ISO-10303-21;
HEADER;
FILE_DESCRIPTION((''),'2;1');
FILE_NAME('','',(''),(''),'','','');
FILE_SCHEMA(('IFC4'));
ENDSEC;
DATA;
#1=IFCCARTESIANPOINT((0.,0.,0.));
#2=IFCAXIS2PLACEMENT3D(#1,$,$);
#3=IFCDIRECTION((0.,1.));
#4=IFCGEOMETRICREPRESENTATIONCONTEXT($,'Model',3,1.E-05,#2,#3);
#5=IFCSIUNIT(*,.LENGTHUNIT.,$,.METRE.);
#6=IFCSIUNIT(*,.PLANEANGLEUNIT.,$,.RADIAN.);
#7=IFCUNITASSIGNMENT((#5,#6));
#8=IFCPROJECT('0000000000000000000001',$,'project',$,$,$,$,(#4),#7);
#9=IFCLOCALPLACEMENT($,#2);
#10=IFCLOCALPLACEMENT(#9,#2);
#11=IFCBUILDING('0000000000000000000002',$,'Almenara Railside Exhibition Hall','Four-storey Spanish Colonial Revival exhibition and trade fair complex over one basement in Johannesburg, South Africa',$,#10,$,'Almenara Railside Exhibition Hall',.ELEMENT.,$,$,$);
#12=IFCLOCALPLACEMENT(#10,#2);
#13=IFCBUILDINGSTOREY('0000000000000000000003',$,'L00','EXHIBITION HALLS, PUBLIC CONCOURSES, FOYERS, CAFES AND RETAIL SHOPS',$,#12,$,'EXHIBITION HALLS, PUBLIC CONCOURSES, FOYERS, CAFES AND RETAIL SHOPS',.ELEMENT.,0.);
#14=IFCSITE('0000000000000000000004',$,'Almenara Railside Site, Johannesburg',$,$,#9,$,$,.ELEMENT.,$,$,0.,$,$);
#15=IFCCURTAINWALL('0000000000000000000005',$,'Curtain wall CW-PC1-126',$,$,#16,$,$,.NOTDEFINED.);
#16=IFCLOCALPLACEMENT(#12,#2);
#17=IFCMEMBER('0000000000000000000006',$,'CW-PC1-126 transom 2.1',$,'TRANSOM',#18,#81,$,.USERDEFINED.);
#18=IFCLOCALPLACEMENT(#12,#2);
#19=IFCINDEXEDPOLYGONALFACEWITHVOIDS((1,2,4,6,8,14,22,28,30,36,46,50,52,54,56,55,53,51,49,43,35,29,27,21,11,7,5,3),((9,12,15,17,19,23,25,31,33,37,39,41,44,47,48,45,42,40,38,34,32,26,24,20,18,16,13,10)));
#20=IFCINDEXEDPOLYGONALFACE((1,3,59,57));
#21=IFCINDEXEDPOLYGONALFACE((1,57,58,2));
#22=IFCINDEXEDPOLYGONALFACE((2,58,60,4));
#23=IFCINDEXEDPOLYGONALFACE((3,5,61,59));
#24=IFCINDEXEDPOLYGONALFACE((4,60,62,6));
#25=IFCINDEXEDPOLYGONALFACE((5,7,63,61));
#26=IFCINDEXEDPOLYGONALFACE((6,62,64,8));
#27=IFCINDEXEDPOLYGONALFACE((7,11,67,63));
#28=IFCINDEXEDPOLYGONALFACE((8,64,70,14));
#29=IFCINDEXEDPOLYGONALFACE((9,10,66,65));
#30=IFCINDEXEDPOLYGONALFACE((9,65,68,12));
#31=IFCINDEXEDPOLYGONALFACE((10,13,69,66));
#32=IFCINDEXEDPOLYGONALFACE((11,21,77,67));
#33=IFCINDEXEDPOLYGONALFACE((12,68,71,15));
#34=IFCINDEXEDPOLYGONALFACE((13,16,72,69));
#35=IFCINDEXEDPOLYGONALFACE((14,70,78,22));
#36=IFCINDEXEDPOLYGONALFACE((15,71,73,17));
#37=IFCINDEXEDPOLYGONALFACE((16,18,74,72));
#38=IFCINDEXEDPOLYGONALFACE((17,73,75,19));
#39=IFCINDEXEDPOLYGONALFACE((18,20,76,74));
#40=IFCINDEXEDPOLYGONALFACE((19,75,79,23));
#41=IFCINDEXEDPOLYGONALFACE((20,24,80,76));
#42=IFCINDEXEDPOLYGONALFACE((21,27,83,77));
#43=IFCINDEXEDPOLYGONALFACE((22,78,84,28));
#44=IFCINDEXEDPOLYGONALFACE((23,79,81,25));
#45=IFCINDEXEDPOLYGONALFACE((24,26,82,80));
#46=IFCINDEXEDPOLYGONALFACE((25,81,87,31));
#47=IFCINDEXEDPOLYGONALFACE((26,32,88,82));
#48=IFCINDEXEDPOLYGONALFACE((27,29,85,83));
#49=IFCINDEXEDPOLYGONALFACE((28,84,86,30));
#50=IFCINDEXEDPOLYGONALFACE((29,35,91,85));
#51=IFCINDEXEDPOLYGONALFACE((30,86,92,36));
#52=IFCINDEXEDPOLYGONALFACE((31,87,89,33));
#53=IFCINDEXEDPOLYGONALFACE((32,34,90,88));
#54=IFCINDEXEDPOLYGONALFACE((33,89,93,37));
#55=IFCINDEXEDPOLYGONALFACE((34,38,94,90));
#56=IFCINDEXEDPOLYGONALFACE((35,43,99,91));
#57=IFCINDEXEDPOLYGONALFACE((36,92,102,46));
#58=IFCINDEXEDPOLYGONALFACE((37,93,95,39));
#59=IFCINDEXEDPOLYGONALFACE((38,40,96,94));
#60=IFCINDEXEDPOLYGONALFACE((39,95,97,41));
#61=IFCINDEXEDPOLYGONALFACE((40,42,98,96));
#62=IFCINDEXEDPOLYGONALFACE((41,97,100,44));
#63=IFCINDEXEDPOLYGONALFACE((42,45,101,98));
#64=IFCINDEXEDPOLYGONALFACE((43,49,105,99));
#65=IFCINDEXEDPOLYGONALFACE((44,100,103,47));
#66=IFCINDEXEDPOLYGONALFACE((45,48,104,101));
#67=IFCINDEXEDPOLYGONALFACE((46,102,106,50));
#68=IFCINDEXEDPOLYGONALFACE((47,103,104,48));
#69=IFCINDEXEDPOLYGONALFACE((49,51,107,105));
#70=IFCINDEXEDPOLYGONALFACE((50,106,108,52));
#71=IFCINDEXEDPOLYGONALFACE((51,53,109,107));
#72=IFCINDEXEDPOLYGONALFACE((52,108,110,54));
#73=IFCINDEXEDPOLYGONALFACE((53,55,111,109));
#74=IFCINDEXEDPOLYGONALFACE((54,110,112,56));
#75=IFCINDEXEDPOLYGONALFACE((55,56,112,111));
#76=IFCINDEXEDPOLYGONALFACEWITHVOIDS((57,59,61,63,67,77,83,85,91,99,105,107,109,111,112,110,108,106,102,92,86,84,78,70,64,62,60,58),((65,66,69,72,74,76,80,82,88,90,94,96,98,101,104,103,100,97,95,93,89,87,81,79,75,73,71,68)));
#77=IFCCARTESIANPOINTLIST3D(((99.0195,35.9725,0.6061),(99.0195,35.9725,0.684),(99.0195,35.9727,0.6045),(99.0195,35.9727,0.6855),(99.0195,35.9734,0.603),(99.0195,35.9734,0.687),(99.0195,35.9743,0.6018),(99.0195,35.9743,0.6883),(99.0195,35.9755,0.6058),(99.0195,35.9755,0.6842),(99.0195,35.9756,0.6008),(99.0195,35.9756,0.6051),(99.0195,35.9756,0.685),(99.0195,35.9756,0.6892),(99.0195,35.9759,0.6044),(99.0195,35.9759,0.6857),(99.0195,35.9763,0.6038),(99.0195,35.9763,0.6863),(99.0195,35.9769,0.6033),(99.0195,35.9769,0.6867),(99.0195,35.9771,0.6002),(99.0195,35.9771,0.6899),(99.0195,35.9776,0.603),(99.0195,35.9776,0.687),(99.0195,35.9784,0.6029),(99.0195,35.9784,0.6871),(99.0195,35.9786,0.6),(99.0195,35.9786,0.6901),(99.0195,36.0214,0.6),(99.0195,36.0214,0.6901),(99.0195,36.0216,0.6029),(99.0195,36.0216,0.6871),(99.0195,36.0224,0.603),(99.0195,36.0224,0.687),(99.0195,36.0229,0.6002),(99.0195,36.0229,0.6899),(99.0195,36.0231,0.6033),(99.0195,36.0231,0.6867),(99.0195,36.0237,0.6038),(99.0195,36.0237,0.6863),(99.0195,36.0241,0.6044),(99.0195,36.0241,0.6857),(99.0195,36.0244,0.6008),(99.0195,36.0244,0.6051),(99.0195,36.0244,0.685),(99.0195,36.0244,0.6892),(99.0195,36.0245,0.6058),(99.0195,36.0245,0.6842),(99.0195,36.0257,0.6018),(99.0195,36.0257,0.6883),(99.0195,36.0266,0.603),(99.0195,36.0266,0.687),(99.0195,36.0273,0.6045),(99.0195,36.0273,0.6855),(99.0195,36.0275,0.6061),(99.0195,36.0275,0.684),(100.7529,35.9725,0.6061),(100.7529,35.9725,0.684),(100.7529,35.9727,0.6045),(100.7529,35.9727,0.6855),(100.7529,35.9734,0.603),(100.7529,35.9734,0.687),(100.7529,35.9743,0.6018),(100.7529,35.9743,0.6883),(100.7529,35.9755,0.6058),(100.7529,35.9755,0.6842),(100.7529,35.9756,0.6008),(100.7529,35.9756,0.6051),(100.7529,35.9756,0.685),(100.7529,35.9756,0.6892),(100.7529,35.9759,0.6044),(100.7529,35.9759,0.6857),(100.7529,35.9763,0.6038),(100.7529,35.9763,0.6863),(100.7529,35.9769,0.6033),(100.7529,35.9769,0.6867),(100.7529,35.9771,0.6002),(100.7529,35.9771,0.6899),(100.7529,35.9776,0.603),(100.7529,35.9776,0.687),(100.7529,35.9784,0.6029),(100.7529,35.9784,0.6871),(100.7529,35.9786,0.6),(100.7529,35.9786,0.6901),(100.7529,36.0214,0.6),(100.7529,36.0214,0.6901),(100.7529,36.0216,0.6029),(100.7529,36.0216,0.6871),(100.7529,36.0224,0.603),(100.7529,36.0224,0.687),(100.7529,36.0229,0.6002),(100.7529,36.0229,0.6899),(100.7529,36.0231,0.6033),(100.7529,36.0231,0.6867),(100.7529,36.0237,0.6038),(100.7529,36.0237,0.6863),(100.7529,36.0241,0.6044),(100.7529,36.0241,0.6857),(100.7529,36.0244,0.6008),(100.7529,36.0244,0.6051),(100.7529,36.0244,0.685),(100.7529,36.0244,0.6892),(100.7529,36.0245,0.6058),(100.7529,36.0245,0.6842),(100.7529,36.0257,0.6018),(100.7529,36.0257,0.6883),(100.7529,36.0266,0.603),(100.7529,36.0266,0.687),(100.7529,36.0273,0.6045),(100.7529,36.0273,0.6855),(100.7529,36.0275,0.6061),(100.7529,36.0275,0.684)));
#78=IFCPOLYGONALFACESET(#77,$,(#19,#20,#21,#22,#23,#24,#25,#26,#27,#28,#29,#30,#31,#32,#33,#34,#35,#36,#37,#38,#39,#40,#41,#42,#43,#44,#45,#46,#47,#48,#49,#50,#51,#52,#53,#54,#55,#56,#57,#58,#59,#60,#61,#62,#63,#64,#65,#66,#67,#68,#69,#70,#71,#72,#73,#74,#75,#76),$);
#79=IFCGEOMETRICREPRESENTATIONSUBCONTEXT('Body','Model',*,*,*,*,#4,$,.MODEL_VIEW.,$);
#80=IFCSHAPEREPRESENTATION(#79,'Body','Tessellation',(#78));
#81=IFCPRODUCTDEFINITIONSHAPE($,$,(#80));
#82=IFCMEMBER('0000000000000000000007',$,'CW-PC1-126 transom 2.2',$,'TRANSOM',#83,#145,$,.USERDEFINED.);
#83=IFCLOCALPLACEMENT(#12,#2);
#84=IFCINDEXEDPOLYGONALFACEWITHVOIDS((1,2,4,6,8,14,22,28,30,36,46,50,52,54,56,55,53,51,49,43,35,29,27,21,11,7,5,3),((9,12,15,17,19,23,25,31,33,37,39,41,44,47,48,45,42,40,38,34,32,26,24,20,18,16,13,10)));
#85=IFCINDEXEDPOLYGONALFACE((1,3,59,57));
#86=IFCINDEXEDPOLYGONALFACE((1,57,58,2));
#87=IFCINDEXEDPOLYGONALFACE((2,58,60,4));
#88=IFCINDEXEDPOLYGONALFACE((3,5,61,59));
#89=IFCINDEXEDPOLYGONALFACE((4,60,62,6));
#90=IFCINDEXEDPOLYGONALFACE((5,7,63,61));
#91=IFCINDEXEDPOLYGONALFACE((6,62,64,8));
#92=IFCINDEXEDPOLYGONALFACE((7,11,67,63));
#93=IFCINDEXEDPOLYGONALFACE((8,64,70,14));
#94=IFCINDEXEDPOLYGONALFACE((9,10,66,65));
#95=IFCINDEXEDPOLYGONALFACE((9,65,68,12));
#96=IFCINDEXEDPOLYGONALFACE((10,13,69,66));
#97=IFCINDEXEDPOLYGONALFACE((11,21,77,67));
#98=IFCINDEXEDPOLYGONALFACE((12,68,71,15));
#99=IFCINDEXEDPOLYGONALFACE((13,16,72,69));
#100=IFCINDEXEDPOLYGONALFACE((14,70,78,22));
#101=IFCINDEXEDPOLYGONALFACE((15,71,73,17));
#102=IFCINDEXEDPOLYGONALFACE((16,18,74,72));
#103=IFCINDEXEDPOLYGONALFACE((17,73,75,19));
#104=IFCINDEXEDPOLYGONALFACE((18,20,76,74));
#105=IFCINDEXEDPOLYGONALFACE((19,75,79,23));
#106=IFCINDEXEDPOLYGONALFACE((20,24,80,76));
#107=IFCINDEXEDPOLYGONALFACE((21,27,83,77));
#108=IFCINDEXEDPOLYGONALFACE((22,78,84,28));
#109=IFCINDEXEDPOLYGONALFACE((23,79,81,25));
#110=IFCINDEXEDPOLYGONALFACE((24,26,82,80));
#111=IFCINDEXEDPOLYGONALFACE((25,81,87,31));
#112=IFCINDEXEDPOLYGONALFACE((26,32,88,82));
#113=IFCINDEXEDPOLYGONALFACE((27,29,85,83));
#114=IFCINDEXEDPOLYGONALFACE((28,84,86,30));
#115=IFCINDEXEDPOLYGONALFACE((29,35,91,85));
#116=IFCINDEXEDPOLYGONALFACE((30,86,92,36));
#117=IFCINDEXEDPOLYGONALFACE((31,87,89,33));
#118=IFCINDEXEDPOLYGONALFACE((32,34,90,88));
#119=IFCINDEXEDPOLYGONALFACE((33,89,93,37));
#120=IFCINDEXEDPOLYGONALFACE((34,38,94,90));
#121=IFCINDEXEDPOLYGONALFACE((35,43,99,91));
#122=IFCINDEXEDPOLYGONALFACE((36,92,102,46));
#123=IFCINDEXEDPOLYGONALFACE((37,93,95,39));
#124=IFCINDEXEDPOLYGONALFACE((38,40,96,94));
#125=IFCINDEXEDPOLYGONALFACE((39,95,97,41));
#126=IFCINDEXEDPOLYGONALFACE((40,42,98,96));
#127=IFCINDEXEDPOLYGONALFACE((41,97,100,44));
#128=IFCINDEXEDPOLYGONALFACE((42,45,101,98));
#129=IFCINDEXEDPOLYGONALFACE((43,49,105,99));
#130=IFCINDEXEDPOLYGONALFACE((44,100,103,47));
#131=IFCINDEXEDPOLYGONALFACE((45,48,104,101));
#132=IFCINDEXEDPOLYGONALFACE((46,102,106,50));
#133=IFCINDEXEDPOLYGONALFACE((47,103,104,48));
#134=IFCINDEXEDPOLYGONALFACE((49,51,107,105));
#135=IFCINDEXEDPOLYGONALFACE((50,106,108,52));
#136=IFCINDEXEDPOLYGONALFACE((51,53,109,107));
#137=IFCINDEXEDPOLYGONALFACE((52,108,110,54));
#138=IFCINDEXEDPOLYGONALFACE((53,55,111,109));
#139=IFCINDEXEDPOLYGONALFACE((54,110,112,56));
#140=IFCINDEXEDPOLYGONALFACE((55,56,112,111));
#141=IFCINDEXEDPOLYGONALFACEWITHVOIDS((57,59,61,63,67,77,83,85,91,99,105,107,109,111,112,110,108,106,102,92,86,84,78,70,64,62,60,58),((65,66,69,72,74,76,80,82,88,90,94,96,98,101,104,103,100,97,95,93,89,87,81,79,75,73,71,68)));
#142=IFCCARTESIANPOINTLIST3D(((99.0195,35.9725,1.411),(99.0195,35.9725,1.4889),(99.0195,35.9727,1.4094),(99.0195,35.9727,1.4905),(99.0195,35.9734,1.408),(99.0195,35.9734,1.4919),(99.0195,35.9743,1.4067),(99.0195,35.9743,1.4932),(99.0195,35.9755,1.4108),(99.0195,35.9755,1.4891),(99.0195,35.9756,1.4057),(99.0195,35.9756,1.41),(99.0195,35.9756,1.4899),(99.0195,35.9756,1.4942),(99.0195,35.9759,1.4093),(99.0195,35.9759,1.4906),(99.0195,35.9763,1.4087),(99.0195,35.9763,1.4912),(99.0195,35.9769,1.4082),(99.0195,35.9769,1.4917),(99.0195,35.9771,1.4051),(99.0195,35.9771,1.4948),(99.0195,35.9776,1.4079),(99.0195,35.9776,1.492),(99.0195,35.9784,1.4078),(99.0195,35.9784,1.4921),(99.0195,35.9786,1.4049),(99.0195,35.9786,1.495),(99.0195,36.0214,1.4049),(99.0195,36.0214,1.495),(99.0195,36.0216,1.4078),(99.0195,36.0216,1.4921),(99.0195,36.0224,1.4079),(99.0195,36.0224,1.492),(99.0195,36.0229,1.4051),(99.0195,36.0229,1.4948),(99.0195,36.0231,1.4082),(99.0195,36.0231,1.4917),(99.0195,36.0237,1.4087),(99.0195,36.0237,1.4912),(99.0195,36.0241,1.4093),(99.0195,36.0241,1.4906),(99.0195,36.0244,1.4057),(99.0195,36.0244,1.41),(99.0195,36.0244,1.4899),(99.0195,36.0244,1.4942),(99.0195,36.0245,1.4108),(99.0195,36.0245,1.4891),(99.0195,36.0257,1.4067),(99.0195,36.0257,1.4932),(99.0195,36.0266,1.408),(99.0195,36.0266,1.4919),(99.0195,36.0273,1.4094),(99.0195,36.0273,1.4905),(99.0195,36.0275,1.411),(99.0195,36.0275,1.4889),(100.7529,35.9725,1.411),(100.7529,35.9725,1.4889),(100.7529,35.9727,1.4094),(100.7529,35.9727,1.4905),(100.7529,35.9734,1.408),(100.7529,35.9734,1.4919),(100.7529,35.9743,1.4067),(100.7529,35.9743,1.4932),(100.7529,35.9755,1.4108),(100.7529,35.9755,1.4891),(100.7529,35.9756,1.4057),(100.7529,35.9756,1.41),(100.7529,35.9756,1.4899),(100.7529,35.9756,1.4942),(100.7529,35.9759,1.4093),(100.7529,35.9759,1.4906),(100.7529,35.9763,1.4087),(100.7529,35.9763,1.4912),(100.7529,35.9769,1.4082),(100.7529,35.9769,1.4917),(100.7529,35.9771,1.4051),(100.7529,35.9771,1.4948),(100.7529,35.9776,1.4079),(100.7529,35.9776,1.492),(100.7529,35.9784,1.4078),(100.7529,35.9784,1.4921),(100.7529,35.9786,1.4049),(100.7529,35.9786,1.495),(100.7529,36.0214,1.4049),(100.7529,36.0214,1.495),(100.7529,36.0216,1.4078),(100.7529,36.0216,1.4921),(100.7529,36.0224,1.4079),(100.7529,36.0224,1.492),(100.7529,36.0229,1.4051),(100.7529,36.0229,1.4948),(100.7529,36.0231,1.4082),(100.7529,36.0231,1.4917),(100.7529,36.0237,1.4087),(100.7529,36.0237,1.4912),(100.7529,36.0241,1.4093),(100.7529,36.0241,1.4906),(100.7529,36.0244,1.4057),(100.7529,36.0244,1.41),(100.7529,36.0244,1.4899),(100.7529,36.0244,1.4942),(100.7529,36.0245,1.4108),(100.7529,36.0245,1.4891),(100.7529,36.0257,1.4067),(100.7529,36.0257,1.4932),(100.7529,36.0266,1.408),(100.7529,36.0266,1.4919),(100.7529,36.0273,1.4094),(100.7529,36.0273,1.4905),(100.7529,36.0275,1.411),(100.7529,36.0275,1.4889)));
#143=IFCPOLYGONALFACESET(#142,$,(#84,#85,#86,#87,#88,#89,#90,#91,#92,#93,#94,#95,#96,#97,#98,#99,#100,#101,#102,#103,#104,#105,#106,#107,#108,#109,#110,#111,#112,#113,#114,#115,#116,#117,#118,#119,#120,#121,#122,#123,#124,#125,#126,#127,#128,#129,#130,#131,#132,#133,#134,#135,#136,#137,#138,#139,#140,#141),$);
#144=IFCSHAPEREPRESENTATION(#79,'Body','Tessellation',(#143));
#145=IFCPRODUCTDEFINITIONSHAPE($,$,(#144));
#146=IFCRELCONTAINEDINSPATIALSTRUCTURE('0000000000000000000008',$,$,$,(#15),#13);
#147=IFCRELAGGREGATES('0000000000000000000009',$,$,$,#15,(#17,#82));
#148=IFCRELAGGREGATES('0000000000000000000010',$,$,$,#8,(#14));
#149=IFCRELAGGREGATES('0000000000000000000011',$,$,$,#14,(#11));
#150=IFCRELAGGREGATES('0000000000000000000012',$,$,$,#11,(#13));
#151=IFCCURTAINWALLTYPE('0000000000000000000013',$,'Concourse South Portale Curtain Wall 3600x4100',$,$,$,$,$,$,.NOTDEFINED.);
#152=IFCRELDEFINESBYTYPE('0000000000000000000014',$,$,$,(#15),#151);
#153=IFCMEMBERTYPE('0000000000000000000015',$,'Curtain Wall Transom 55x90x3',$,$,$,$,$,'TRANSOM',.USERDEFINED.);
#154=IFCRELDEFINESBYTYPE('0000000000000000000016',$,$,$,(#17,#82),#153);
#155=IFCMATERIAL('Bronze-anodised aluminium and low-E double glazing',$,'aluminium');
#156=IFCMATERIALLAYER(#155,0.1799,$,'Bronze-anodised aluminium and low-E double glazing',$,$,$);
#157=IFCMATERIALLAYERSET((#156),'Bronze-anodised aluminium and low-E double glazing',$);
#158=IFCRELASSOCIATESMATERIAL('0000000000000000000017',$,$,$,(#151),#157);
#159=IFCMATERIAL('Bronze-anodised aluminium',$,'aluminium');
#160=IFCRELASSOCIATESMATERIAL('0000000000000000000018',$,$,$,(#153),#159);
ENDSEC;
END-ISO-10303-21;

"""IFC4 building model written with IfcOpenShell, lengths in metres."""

from ifc_helpers import new_model, si_unit, direction, frame, origin, origin_2d, place, context, subcontext, project, spatial, hollow_rectangle, extrude, material, layer, layer_set, material_profile, profile_set, type_object, element, aggregate, save


model = new_model("IFC4")

# Units and contexts
model_context = context("Model", 3, precision=1e-05, world=origin(), true_north=direction((0.0, 1.0)))
body_context = subcontext(model_context, "Body", "Model", "MODEL_VIEW")
ifc_project = project(units=[si_unit("LENGTHUNIT", "METRE"), si_unit("PLANEANGLEUNIT", "RADIAN")], contexts=[model_context])

# Site, building, storey
site_placement = place(None, origin())
site = spatial("IfcSite", under=ifc_project, at=site_placement, Name="Almenara Railside Site, Johannesburg", CompositionType="ELEMENT", RefElevation=0.0)
building_placement = place(site_placement, origin())
building = spatial("IfcBuilding", under=site, at=building_placement, Name="Almenara Railside Exhibition Hall", Description="Four-storey Spanish Colonial Revival exhibition and trade fair complex over one basement in Johannesburg, South Africa", LongName="Almenara Railside Exhibition Hall", CompositionType="ELEMENT")
storey_placement = place(building_placement, origin())
storey = spatial("IfcBuildingStorey", under=building, at=storey_placement, Name="L00", Description="EXHIBITION HALLS, PUBLIC CONCOURSES, FOYERS, CAFES AND RETAIL SHOPS", LongName="EXHIBITION HALLS, PUBLIC CONCOURSES, FOYERS, CAFES AND RETAIL SHOPS", CompositionType="ELEMENT", Elevation=0.0)

# Curtain wall
ifc_material_1 = material(Name="Bronze-anodised aluminium and low-E double glazing", Category="aluminium")
ifc_layer_1 = layer(ifc_material_1, 0.1799, Name="Bronze-anodised aluminium and low-E double glazing")
ifc_layer_set_1 = layer_set([ifc_layer_1], Name="Bronze-anodised aluminium and low-E double glazing")
curtain_wall_type = type_object("IfcCurtainWallType", Name="Concourse South Portale Curtain Wall 3600x4100", PredefinedType="NOTDEFINED", material=ifc_layer_set_1)
curtain_wall_1_placement = place(storey_placement, origin())
curtain_wall_1 = element("IfcCurtainWall", 1, at=curtain_wall_1_placement, inside=storey, type_object=curtain_wall_type, Name="Curtain wall CW-PC1-126", PredefinedType="NOTDEFINED")
ifc_material_2 = material(Name="Bronze-anodised aluminium", Category="aluminium")

# Members
ifc_material_profile_1 = material_profile(ifc_material_2, hollow_rectangle(XDim=0.0549, YDim=0.0901, WallThickness=0.0029, InnerFilletRadius=0.0029, OuterFilletRadius=0.0061, at=origin_2d()), Name="ALU-TRN 55x90x3")
ifc_profile_set_1 = profile_set([ifc_material_profile_1], Name="Bronze-anodised aluminium")
member_type_1 = type_object("IfcMemberType", Name="Curtain Wall Transom 55x90x3", ElementType="TRANSOM", PredefinedType="USERDEFINED", material=ifc_profile_set_1)
member_1_placement = place(storey_placement, frame((99.0195, 36.0, 0.645), z_axis=(1.0, 0.0, 0.0), x_axis=(0.0, 1.0, 0.0)))
member_1 = element("IfcMember", 2, at=member_1_placement, type_object=member_type_1, Name="CW-PC1-126 transom 2.1", ObjectType="TRANSOM", PredefinedType="USERDEFINED", context=body_context, shape_type="SweptSolid", body=[
    extrude(hollow_rectangle(XDim=0.0549, YDim=0.0901, WallThickness=0.0029, InnerFilletRadius=0.0029, OuterFilletRadius=0.0061, at=origin_2d()), origin(), (0.0, 0.0, 1.0), 1.7334),
])
member_2_placement = place(storey_placement, frame((99.0195, 36.0, 1.45), z_axis=(1.0, 0.0, 0.0), x_axis=(0.0, 1.0, 0.0)))
member_2 = element("IfcMember", 3, at=member_2_placement, type_object=member_type_1, Name="CW-PC1-126 transom 2.2", ObjectType="TRANSOM", PredefinedType="USERDEFINED", context=body_context, shape_type="SweptSolid", body=[
    extrude(hollow_rectangle(XDim=0.0549, YDim=0.0901, WallThickness=0.0029, InnerFilletRadius=0.0029, OuterFilletRadius=0.0061, at=origin_2d()), origin(), (0.0, 0.0, 1.0), 1.7334),
])

aggregate(curtain_wall_1, [member_1, member_2])

save(model, "model.ifc")
